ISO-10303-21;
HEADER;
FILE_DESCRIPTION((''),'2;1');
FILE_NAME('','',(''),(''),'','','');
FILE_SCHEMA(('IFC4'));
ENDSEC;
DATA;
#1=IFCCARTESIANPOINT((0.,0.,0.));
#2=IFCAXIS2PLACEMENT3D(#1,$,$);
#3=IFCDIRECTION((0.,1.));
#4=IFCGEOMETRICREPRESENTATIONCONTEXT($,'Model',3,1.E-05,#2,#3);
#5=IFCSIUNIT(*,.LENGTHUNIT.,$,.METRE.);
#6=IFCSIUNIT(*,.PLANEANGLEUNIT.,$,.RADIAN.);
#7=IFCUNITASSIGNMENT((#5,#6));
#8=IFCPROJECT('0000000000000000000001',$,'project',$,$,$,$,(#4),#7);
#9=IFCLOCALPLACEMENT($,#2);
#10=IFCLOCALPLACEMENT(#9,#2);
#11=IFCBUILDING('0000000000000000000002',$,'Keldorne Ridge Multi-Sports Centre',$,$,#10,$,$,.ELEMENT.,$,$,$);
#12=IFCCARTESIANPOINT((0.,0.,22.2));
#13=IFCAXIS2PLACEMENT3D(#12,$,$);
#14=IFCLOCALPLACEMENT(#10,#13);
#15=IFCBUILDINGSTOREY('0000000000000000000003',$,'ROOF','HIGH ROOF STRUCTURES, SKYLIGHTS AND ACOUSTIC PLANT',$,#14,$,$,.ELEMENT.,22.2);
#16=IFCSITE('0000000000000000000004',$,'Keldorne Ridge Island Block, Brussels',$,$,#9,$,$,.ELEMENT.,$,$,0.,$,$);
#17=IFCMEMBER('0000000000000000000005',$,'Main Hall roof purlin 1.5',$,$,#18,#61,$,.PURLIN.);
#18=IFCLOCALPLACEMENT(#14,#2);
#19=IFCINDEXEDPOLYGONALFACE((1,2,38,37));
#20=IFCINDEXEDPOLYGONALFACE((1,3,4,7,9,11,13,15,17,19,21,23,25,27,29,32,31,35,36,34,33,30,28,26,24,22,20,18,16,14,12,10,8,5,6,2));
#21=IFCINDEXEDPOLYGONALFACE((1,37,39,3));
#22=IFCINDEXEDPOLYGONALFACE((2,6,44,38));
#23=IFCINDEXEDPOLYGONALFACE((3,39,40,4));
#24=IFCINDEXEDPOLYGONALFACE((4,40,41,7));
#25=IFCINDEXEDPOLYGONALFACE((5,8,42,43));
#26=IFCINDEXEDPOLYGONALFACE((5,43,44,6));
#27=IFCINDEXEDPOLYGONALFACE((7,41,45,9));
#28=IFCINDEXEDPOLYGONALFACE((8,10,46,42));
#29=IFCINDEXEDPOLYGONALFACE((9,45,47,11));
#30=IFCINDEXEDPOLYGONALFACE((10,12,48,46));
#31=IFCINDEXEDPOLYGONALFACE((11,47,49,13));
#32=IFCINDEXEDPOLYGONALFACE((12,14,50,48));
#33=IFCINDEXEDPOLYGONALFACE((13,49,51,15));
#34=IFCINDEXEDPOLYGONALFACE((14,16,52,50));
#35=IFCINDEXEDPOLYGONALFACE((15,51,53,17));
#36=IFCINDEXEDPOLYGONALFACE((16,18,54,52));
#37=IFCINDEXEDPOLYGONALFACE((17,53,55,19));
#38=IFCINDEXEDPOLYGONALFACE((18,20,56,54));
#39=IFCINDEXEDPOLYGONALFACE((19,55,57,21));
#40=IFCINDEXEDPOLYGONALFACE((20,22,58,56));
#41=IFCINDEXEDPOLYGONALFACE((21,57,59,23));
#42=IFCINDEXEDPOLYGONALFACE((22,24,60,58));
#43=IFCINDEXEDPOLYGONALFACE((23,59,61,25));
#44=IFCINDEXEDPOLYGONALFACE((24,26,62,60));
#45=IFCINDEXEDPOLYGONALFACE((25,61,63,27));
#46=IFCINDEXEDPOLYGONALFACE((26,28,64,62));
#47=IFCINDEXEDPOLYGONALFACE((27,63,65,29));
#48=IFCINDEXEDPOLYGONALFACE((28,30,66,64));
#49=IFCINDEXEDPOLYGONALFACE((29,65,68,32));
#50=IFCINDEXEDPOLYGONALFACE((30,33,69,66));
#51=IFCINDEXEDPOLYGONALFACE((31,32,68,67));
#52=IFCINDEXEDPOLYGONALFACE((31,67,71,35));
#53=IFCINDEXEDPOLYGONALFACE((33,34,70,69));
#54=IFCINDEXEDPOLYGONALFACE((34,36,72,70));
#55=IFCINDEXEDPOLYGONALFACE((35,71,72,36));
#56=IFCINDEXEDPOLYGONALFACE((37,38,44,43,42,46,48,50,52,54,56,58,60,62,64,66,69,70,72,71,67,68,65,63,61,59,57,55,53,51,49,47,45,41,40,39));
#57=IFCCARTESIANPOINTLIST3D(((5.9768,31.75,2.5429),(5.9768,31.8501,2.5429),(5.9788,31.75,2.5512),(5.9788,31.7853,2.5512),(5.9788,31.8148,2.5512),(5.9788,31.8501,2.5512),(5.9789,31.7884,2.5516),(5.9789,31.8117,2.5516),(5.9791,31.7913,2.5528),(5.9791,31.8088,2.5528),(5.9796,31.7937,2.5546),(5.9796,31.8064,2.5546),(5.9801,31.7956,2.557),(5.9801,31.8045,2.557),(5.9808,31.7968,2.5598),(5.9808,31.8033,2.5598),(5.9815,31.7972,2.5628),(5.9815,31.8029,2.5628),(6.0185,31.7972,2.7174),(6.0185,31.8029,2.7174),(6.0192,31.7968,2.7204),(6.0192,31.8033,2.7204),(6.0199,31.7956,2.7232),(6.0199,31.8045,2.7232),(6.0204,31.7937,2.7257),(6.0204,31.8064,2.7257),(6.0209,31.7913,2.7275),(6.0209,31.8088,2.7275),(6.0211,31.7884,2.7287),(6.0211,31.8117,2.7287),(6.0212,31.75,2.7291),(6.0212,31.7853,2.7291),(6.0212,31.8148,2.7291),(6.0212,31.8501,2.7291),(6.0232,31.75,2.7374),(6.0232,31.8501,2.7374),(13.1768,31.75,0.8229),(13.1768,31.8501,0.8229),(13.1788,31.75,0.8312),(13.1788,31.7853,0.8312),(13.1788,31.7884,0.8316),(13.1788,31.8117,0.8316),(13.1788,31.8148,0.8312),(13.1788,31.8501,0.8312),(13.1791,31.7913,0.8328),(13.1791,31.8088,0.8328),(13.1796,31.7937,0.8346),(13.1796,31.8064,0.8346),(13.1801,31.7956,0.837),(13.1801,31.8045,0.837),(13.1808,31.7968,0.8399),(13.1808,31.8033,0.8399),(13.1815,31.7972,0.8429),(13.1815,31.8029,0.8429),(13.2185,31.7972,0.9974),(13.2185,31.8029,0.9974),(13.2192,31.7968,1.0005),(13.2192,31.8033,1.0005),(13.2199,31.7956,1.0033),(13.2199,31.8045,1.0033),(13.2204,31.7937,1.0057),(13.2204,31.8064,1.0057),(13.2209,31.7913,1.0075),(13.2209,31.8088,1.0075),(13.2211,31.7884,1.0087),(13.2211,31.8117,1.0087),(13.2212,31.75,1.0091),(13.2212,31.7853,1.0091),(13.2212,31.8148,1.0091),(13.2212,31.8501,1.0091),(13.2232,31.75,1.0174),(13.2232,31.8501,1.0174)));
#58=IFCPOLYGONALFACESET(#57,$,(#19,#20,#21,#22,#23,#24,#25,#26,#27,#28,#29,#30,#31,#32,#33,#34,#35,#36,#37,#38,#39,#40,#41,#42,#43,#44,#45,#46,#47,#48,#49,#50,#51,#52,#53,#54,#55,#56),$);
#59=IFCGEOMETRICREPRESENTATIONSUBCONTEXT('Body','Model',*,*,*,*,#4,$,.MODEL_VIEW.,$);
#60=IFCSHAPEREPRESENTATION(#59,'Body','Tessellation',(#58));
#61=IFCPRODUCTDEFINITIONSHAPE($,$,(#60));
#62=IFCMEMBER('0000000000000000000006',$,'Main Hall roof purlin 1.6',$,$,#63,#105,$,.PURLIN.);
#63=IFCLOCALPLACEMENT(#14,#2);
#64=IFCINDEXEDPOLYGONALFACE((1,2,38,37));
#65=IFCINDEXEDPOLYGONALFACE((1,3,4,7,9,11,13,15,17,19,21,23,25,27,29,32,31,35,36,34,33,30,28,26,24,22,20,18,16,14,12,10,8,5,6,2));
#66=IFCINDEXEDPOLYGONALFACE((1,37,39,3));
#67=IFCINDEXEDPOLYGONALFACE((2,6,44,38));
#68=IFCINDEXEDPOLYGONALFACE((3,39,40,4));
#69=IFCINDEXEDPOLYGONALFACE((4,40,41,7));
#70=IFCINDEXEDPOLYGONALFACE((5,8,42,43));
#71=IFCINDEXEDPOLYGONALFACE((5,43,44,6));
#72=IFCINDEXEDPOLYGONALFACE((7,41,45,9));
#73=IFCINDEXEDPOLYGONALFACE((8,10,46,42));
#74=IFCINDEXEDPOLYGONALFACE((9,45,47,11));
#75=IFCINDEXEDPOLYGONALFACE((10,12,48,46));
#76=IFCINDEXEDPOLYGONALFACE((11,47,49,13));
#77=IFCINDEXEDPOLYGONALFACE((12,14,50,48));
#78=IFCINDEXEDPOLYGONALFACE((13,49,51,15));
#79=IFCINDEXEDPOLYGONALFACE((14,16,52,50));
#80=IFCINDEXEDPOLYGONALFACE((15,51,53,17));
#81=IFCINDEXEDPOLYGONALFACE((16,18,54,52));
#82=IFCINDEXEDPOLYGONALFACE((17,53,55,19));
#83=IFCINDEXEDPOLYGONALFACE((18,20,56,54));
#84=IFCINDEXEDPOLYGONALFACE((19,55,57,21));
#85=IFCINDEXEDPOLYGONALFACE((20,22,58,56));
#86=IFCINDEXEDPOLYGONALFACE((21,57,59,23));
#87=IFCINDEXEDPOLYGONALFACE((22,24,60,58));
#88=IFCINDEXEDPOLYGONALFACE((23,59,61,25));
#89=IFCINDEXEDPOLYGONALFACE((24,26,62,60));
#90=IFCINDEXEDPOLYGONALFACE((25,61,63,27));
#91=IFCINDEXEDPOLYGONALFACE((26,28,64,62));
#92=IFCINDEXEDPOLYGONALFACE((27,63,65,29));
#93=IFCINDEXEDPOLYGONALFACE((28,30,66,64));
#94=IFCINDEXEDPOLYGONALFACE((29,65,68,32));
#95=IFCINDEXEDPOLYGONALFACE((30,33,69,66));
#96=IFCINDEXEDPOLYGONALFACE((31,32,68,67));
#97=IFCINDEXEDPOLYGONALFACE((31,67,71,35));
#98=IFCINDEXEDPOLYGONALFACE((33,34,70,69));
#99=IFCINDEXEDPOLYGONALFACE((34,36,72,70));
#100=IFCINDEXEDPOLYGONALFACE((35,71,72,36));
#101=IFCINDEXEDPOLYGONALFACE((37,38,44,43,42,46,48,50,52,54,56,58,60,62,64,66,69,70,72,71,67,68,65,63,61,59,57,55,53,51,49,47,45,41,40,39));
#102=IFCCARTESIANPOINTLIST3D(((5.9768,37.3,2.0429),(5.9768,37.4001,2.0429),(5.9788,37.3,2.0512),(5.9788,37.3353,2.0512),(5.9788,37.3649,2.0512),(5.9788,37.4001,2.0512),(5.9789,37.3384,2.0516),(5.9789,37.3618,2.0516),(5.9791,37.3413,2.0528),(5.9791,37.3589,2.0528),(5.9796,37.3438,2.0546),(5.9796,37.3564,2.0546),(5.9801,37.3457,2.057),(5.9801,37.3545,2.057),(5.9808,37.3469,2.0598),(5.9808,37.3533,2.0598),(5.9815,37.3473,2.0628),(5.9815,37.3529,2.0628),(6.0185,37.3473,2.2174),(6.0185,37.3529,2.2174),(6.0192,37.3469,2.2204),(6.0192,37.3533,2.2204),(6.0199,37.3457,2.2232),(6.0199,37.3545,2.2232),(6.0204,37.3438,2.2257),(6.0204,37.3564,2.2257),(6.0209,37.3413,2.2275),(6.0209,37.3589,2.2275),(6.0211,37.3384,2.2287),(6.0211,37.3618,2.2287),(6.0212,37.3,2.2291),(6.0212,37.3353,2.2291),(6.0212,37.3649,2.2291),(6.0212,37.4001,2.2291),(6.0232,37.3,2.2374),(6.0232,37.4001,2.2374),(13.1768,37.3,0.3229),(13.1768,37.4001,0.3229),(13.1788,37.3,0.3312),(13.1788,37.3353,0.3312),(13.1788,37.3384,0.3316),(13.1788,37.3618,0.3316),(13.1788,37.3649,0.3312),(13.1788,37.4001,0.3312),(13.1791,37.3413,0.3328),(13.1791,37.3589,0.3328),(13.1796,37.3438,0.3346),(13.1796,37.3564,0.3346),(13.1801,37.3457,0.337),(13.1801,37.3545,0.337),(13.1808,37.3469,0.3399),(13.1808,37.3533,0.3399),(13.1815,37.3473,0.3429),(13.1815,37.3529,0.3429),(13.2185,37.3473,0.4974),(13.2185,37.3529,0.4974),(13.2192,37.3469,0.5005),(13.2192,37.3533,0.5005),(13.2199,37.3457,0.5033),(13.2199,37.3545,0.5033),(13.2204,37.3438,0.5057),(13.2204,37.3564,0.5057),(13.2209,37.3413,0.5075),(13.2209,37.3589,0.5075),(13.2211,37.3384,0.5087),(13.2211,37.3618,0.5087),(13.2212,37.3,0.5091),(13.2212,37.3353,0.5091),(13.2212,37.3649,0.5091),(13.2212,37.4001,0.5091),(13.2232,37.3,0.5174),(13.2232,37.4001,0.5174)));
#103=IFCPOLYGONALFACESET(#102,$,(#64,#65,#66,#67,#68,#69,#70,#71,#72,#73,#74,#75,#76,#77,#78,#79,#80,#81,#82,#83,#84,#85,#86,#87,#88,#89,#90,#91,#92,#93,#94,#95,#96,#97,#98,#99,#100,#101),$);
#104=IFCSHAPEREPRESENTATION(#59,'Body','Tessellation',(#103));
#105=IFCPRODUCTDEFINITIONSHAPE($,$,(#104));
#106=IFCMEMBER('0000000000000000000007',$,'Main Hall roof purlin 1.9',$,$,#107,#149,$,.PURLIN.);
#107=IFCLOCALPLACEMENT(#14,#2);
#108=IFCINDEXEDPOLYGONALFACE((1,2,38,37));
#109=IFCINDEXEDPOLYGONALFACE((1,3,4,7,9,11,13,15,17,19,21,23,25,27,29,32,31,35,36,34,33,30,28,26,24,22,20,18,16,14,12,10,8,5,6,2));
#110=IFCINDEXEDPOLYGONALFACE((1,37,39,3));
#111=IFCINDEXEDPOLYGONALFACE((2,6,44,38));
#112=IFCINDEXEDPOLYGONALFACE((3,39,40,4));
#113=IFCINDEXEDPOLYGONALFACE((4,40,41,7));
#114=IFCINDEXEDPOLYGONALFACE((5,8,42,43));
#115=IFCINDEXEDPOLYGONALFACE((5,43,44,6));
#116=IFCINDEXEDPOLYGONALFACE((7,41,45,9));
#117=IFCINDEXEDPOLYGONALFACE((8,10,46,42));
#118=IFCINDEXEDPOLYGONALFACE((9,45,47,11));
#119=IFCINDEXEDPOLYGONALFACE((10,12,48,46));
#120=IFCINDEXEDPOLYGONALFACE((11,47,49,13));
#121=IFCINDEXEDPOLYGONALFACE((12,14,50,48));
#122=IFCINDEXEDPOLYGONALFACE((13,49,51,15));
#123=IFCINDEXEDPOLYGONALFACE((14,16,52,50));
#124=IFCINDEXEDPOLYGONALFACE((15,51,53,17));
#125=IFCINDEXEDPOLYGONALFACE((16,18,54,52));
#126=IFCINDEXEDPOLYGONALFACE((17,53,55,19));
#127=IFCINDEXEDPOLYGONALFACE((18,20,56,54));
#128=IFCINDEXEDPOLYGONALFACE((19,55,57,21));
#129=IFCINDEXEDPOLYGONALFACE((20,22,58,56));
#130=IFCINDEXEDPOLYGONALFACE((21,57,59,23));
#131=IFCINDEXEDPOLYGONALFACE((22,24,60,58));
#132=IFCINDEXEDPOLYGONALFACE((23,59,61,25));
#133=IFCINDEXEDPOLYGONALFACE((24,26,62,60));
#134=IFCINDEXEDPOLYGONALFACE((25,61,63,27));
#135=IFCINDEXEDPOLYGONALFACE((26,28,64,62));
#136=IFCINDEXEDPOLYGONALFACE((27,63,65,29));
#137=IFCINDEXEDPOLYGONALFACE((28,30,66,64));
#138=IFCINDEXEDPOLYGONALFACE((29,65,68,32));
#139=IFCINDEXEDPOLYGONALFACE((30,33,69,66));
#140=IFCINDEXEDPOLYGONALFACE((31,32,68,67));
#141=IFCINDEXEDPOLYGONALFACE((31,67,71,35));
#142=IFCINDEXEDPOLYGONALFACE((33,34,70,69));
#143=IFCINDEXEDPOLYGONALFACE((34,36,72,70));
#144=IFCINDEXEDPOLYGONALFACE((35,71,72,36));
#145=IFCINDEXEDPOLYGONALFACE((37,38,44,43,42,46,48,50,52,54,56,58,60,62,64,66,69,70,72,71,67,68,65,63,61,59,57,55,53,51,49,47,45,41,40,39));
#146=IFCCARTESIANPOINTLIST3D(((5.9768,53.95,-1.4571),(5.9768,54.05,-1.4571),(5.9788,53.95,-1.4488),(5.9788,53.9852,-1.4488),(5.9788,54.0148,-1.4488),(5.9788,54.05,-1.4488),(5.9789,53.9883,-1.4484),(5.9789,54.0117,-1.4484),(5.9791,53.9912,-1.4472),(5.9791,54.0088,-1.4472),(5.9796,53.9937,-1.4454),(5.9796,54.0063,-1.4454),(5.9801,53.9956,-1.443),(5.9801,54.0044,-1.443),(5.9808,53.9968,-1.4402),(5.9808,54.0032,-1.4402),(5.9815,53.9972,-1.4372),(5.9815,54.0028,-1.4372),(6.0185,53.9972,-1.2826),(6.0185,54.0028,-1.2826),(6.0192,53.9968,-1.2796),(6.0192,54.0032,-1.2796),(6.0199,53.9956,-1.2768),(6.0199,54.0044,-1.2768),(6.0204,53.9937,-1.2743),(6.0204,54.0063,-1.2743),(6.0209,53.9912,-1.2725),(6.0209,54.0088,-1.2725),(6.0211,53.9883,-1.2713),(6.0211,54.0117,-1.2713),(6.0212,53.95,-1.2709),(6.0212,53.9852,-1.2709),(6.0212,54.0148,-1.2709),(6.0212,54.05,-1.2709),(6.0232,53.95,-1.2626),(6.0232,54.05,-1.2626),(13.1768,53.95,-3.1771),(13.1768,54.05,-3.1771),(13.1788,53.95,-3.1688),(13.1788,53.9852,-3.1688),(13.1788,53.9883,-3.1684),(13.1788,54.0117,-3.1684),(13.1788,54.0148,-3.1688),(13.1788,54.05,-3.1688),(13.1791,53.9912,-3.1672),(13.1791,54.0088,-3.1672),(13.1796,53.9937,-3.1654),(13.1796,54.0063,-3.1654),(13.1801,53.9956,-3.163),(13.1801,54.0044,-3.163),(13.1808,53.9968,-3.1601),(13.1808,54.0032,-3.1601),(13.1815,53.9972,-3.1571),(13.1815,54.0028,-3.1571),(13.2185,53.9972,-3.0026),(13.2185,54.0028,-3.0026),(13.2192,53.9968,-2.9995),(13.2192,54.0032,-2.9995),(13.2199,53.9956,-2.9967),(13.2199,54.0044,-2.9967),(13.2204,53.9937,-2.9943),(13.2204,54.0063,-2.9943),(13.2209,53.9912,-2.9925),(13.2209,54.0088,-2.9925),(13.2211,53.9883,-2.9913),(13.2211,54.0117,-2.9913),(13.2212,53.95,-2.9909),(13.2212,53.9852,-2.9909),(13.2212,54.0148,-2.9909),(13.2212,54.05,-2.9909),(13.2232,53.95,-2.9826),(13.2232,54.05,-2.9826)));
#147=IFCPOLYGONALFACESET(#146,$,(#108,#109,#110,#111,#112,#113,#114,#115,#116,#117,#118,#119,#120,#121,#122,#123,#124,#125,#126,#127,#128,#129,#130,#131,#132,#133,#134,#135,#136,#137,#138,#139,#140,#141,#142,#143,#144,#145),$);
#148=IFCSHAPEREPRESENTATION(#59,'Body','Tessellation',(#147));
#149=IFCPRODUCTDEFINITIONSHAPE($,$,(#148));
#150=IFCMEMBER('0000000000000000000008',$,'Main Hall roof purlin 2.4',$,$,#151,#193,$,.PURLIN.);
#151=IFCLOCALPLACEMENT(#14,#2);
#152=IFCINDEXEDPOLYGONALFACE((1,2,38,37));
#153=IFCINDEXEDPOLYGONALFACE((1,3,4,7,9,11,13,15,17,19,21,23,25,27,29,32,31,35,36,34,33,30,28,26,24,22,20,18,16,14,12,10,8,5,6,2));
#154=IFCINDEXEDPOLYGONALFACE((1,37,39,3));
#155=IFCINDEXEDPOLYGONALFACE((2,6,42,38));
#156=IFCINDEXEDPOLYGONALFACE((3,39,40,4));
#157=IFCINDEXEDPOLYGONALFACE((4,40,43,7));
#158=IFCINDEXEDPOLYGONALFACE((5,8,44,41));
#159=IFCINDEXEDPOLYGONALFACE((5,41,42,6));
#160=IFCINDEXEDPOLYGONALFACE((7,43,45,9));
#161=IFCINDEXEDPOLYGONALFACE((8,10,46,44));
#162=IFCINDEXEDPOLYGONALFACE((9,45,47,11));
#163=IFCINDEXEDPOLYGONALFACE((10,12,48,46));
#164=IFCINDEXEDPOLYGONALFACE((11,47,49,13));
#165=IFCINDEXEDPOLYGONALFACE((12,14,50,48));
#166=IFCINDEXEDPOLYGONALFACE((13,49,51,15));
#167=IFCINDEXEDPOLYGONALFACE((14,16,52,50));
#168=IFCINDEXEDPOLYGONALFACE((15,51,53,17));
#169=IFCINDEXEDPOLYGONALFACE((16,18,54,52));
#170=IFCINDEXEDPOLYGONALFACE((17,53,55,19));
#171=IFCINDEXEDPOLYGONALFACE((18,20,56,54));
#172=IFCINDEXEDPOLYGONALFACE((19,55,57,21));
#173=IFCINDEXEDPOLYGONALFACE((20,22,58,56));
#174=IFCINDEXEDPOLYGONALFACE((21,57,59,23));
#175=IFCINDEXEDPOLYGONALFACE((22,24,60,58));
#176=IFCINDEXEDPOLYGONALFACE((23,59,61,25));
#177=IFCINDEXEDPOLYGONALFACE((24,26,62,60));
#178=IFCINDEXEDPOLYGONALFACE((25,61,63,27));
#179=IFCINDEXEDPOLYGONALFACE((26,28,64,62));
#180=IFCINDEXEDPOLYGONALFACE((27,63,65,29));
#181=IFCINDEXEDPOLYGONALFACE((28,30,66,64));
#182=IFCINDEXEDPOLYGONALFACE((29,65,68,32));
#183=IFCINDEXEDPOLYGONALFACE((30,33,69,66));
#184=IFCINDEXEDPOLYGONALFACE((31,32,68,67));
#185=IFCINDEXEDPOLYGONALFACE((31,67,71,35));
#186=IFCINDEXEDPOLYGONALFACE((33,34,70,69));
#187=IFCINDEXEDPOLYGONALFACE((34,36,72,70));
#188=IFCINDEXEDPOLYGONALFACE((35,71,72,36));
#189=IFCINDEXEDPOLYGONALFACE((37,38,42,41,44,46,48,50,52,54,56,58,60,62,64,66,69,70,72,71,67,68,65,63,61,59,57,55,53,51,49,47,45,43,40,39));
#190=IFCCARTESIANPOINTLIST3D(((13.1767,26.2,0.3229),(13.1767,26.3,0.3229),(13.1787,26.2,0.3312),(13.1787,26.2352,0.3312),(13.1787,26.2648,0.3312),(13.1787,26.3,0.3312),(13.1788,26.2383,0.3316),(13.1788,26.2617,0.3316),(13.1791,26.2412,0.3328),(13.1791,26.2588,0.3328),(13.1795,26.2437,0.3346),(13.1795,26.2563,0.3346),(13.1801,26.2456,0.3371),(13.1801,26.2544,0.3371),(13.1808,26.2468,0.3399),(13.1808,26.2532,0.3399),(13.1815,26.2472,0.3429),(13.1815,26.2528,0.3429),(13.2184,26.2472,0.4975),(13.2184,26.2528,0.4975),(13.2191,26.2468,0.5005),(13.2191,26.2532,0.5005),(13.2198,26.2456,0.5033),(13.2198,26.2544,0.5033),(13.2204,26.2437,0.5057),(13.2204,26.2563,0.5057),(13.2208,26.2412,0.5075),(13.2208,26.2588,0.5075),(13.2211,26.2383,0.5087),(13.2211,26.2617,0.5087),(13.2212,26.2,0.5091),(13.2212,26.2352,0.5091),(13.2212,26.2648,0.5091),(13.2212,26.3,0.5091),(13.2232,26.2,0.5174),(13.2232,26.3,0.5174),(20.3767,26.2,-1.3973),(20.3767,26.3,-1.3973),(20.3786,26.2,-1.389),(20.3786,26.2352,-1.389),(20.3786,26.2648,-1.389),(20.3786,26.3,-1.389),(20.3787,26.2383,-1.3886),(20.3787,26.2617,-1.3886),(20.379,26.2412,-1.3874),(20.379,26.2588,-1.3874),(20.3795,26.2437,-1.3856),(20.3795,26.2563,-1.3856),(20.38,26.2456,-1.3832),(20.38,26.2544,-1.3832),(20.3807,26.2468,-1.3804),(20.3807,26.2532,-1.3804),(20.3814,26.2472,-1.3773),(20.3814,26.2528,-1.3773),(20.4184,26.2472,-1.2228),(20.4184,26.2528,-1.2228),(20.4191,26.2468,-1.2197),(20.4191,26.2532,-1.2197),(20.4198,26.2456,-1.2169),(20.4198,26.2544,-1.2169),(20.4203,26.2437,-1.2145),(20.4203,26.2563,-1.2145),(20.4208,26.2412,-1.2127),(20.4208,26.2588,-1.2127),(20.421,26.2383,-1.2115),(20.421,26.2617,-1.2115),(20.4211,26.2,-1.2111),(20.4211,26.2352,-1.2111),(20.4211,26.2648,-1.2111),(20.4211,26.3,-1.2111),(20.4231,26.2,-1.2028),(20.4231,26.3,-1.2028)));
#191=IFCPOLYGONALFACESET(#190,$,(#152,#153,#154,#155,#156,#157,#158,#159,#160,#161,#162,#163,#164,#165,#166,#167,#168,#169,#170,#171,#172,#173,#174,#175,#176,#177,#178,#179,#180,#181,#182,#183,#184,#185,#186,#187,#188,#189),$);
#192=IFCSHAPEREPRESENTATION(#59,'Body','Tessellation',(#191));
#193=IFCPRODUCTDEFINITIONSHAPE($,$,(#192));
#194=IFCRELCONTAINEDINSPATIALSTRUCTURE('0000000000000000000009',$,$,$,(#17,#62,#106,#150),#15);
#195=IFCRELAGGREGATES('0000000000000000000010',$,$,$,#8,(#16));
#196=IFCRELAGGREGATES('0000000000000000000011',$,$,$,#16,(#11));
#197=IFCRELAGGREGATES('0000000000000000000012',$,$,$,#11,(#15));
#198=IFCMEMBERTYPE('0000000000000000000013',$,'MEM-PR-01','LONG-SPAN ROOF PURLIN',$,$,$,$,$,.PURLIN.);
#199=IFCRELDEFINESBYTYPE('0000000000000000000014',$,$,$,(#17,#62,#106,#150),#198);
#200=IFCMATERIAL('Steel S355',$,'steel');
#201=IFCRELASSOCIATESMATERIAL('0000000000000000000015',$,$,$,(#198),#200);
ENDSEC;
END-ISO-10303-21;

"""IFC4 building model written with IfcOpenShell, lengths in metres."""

from ifc_helpers import new_model, si_unit, direction, frame, origin, origin_2d, place, context, subcontext, project, spatial, i_section, extrude, material, material_profile, profile_set, type_object, element, save


model = new_model("IFC4")

# Units and contexts
model_context = context("Model", 3, precision=1e-05, world=origin(), true_north=direction((0.0, 1.0)))
body_context = subcontext(model_context, "Body", "Model", "MODEL_VIEW")
ifc_project = project(units=[si_unit("LENGTHUNIT", "METRE"), si_unit("PLANEANGLEUNIT", "RADIAN")], contexts=[model_context])

# Site, building, storey
site_placement = place(None, origin())
site = spatial("IfcSite", under=ifc_project, at=site_placement, Name="Keldorne Ridge Island Block, Brussels", CompositionType="ELEMENT", RefElevation=0.0)
building_placement = place(site_placement, origin())
building = spatial("IfcBuilding", under=site, at=building_placement, Name="Keldorne Ridge Multi-Sports Centre", CompositionType="ELEMENT")
storey_placement = place(building_placement, frame((0.0, 0.0, 22.2)))
storey = spatial("IfcBuildingStorey", under=building, at=storey_placement, Name="ROOF", Description="HIGH ROOF STRUCTURES, SKYLIGHTS AND ACOUSTIC PLANT", CompositionType="ELEMENT", Elevation=22.2)

# Members
ifc_material = material(Name="Steel S355", Category="steel")
ifc_material_profile_1 = material_profile(ifc_material, i_section(OverallWidth=0.1001, OverallDepth=0.2, WebThickness=0.0056, FlangeThickness=0.0085, FilletRadius=0.012, at=origin_2d()), Name="IPE 200")
ifc_profile_set_1 = profile_set([ifc_material_profile_1], Name="Steel S355")
member_type_1 = type_object("IfcMemberType", Name="MEM-PR-01", Description="LONG-SPAN ROOF PURLIN", PredefinedType="PURLIN", material=ifc_profile_set_1)
for number, where, z_axis, x_axis, name in (
    (1, (6.0, 31.8, 2.6401), (0.972633, 0.0, -0.232349), (0.0, 1.0, 0.0), "Main Hall roof purlin 1.5"),
    (2, (6.0, 37.3501, 2.1401), (0.972633, 0.0, -0.232349), (0.0, 1.0, 0.0), "Main Hall roof purlin 1.6"),
    (3, (6.0, 54.0, -1.3599), (0.972633, 0.0, -0.232349), (0.0, 1.0, 0.0), "Main Hall roof purlin 1.9"),
    (4, (13.2, 26.25, 0.4202), (0.972625, 0.0, -0.23238), (0.0, 1.0, 0.0), "Main Hall roof purlin 2.4"),
):
    element("IfcMember", number, at=place(storey_placement, frame(where, z_axis=z_axis, x_axis=x_axis)), inside=storey, type_object=member_type_1, Name=name, PredefinedType="PURLIN", context=body_context, shape_type="SweptSolid", body=[
        extrude(i_section(OverallWidth=0.1001, OverallDepth=0.2, WebThickness=0.0056, FlangeThickness=0.0085, FilletRadius=0.012, at=origin_2d()), origin(), (0.0, 0.0, 1.0), 7.4026),
    ])

save(model, "model.ifc")
